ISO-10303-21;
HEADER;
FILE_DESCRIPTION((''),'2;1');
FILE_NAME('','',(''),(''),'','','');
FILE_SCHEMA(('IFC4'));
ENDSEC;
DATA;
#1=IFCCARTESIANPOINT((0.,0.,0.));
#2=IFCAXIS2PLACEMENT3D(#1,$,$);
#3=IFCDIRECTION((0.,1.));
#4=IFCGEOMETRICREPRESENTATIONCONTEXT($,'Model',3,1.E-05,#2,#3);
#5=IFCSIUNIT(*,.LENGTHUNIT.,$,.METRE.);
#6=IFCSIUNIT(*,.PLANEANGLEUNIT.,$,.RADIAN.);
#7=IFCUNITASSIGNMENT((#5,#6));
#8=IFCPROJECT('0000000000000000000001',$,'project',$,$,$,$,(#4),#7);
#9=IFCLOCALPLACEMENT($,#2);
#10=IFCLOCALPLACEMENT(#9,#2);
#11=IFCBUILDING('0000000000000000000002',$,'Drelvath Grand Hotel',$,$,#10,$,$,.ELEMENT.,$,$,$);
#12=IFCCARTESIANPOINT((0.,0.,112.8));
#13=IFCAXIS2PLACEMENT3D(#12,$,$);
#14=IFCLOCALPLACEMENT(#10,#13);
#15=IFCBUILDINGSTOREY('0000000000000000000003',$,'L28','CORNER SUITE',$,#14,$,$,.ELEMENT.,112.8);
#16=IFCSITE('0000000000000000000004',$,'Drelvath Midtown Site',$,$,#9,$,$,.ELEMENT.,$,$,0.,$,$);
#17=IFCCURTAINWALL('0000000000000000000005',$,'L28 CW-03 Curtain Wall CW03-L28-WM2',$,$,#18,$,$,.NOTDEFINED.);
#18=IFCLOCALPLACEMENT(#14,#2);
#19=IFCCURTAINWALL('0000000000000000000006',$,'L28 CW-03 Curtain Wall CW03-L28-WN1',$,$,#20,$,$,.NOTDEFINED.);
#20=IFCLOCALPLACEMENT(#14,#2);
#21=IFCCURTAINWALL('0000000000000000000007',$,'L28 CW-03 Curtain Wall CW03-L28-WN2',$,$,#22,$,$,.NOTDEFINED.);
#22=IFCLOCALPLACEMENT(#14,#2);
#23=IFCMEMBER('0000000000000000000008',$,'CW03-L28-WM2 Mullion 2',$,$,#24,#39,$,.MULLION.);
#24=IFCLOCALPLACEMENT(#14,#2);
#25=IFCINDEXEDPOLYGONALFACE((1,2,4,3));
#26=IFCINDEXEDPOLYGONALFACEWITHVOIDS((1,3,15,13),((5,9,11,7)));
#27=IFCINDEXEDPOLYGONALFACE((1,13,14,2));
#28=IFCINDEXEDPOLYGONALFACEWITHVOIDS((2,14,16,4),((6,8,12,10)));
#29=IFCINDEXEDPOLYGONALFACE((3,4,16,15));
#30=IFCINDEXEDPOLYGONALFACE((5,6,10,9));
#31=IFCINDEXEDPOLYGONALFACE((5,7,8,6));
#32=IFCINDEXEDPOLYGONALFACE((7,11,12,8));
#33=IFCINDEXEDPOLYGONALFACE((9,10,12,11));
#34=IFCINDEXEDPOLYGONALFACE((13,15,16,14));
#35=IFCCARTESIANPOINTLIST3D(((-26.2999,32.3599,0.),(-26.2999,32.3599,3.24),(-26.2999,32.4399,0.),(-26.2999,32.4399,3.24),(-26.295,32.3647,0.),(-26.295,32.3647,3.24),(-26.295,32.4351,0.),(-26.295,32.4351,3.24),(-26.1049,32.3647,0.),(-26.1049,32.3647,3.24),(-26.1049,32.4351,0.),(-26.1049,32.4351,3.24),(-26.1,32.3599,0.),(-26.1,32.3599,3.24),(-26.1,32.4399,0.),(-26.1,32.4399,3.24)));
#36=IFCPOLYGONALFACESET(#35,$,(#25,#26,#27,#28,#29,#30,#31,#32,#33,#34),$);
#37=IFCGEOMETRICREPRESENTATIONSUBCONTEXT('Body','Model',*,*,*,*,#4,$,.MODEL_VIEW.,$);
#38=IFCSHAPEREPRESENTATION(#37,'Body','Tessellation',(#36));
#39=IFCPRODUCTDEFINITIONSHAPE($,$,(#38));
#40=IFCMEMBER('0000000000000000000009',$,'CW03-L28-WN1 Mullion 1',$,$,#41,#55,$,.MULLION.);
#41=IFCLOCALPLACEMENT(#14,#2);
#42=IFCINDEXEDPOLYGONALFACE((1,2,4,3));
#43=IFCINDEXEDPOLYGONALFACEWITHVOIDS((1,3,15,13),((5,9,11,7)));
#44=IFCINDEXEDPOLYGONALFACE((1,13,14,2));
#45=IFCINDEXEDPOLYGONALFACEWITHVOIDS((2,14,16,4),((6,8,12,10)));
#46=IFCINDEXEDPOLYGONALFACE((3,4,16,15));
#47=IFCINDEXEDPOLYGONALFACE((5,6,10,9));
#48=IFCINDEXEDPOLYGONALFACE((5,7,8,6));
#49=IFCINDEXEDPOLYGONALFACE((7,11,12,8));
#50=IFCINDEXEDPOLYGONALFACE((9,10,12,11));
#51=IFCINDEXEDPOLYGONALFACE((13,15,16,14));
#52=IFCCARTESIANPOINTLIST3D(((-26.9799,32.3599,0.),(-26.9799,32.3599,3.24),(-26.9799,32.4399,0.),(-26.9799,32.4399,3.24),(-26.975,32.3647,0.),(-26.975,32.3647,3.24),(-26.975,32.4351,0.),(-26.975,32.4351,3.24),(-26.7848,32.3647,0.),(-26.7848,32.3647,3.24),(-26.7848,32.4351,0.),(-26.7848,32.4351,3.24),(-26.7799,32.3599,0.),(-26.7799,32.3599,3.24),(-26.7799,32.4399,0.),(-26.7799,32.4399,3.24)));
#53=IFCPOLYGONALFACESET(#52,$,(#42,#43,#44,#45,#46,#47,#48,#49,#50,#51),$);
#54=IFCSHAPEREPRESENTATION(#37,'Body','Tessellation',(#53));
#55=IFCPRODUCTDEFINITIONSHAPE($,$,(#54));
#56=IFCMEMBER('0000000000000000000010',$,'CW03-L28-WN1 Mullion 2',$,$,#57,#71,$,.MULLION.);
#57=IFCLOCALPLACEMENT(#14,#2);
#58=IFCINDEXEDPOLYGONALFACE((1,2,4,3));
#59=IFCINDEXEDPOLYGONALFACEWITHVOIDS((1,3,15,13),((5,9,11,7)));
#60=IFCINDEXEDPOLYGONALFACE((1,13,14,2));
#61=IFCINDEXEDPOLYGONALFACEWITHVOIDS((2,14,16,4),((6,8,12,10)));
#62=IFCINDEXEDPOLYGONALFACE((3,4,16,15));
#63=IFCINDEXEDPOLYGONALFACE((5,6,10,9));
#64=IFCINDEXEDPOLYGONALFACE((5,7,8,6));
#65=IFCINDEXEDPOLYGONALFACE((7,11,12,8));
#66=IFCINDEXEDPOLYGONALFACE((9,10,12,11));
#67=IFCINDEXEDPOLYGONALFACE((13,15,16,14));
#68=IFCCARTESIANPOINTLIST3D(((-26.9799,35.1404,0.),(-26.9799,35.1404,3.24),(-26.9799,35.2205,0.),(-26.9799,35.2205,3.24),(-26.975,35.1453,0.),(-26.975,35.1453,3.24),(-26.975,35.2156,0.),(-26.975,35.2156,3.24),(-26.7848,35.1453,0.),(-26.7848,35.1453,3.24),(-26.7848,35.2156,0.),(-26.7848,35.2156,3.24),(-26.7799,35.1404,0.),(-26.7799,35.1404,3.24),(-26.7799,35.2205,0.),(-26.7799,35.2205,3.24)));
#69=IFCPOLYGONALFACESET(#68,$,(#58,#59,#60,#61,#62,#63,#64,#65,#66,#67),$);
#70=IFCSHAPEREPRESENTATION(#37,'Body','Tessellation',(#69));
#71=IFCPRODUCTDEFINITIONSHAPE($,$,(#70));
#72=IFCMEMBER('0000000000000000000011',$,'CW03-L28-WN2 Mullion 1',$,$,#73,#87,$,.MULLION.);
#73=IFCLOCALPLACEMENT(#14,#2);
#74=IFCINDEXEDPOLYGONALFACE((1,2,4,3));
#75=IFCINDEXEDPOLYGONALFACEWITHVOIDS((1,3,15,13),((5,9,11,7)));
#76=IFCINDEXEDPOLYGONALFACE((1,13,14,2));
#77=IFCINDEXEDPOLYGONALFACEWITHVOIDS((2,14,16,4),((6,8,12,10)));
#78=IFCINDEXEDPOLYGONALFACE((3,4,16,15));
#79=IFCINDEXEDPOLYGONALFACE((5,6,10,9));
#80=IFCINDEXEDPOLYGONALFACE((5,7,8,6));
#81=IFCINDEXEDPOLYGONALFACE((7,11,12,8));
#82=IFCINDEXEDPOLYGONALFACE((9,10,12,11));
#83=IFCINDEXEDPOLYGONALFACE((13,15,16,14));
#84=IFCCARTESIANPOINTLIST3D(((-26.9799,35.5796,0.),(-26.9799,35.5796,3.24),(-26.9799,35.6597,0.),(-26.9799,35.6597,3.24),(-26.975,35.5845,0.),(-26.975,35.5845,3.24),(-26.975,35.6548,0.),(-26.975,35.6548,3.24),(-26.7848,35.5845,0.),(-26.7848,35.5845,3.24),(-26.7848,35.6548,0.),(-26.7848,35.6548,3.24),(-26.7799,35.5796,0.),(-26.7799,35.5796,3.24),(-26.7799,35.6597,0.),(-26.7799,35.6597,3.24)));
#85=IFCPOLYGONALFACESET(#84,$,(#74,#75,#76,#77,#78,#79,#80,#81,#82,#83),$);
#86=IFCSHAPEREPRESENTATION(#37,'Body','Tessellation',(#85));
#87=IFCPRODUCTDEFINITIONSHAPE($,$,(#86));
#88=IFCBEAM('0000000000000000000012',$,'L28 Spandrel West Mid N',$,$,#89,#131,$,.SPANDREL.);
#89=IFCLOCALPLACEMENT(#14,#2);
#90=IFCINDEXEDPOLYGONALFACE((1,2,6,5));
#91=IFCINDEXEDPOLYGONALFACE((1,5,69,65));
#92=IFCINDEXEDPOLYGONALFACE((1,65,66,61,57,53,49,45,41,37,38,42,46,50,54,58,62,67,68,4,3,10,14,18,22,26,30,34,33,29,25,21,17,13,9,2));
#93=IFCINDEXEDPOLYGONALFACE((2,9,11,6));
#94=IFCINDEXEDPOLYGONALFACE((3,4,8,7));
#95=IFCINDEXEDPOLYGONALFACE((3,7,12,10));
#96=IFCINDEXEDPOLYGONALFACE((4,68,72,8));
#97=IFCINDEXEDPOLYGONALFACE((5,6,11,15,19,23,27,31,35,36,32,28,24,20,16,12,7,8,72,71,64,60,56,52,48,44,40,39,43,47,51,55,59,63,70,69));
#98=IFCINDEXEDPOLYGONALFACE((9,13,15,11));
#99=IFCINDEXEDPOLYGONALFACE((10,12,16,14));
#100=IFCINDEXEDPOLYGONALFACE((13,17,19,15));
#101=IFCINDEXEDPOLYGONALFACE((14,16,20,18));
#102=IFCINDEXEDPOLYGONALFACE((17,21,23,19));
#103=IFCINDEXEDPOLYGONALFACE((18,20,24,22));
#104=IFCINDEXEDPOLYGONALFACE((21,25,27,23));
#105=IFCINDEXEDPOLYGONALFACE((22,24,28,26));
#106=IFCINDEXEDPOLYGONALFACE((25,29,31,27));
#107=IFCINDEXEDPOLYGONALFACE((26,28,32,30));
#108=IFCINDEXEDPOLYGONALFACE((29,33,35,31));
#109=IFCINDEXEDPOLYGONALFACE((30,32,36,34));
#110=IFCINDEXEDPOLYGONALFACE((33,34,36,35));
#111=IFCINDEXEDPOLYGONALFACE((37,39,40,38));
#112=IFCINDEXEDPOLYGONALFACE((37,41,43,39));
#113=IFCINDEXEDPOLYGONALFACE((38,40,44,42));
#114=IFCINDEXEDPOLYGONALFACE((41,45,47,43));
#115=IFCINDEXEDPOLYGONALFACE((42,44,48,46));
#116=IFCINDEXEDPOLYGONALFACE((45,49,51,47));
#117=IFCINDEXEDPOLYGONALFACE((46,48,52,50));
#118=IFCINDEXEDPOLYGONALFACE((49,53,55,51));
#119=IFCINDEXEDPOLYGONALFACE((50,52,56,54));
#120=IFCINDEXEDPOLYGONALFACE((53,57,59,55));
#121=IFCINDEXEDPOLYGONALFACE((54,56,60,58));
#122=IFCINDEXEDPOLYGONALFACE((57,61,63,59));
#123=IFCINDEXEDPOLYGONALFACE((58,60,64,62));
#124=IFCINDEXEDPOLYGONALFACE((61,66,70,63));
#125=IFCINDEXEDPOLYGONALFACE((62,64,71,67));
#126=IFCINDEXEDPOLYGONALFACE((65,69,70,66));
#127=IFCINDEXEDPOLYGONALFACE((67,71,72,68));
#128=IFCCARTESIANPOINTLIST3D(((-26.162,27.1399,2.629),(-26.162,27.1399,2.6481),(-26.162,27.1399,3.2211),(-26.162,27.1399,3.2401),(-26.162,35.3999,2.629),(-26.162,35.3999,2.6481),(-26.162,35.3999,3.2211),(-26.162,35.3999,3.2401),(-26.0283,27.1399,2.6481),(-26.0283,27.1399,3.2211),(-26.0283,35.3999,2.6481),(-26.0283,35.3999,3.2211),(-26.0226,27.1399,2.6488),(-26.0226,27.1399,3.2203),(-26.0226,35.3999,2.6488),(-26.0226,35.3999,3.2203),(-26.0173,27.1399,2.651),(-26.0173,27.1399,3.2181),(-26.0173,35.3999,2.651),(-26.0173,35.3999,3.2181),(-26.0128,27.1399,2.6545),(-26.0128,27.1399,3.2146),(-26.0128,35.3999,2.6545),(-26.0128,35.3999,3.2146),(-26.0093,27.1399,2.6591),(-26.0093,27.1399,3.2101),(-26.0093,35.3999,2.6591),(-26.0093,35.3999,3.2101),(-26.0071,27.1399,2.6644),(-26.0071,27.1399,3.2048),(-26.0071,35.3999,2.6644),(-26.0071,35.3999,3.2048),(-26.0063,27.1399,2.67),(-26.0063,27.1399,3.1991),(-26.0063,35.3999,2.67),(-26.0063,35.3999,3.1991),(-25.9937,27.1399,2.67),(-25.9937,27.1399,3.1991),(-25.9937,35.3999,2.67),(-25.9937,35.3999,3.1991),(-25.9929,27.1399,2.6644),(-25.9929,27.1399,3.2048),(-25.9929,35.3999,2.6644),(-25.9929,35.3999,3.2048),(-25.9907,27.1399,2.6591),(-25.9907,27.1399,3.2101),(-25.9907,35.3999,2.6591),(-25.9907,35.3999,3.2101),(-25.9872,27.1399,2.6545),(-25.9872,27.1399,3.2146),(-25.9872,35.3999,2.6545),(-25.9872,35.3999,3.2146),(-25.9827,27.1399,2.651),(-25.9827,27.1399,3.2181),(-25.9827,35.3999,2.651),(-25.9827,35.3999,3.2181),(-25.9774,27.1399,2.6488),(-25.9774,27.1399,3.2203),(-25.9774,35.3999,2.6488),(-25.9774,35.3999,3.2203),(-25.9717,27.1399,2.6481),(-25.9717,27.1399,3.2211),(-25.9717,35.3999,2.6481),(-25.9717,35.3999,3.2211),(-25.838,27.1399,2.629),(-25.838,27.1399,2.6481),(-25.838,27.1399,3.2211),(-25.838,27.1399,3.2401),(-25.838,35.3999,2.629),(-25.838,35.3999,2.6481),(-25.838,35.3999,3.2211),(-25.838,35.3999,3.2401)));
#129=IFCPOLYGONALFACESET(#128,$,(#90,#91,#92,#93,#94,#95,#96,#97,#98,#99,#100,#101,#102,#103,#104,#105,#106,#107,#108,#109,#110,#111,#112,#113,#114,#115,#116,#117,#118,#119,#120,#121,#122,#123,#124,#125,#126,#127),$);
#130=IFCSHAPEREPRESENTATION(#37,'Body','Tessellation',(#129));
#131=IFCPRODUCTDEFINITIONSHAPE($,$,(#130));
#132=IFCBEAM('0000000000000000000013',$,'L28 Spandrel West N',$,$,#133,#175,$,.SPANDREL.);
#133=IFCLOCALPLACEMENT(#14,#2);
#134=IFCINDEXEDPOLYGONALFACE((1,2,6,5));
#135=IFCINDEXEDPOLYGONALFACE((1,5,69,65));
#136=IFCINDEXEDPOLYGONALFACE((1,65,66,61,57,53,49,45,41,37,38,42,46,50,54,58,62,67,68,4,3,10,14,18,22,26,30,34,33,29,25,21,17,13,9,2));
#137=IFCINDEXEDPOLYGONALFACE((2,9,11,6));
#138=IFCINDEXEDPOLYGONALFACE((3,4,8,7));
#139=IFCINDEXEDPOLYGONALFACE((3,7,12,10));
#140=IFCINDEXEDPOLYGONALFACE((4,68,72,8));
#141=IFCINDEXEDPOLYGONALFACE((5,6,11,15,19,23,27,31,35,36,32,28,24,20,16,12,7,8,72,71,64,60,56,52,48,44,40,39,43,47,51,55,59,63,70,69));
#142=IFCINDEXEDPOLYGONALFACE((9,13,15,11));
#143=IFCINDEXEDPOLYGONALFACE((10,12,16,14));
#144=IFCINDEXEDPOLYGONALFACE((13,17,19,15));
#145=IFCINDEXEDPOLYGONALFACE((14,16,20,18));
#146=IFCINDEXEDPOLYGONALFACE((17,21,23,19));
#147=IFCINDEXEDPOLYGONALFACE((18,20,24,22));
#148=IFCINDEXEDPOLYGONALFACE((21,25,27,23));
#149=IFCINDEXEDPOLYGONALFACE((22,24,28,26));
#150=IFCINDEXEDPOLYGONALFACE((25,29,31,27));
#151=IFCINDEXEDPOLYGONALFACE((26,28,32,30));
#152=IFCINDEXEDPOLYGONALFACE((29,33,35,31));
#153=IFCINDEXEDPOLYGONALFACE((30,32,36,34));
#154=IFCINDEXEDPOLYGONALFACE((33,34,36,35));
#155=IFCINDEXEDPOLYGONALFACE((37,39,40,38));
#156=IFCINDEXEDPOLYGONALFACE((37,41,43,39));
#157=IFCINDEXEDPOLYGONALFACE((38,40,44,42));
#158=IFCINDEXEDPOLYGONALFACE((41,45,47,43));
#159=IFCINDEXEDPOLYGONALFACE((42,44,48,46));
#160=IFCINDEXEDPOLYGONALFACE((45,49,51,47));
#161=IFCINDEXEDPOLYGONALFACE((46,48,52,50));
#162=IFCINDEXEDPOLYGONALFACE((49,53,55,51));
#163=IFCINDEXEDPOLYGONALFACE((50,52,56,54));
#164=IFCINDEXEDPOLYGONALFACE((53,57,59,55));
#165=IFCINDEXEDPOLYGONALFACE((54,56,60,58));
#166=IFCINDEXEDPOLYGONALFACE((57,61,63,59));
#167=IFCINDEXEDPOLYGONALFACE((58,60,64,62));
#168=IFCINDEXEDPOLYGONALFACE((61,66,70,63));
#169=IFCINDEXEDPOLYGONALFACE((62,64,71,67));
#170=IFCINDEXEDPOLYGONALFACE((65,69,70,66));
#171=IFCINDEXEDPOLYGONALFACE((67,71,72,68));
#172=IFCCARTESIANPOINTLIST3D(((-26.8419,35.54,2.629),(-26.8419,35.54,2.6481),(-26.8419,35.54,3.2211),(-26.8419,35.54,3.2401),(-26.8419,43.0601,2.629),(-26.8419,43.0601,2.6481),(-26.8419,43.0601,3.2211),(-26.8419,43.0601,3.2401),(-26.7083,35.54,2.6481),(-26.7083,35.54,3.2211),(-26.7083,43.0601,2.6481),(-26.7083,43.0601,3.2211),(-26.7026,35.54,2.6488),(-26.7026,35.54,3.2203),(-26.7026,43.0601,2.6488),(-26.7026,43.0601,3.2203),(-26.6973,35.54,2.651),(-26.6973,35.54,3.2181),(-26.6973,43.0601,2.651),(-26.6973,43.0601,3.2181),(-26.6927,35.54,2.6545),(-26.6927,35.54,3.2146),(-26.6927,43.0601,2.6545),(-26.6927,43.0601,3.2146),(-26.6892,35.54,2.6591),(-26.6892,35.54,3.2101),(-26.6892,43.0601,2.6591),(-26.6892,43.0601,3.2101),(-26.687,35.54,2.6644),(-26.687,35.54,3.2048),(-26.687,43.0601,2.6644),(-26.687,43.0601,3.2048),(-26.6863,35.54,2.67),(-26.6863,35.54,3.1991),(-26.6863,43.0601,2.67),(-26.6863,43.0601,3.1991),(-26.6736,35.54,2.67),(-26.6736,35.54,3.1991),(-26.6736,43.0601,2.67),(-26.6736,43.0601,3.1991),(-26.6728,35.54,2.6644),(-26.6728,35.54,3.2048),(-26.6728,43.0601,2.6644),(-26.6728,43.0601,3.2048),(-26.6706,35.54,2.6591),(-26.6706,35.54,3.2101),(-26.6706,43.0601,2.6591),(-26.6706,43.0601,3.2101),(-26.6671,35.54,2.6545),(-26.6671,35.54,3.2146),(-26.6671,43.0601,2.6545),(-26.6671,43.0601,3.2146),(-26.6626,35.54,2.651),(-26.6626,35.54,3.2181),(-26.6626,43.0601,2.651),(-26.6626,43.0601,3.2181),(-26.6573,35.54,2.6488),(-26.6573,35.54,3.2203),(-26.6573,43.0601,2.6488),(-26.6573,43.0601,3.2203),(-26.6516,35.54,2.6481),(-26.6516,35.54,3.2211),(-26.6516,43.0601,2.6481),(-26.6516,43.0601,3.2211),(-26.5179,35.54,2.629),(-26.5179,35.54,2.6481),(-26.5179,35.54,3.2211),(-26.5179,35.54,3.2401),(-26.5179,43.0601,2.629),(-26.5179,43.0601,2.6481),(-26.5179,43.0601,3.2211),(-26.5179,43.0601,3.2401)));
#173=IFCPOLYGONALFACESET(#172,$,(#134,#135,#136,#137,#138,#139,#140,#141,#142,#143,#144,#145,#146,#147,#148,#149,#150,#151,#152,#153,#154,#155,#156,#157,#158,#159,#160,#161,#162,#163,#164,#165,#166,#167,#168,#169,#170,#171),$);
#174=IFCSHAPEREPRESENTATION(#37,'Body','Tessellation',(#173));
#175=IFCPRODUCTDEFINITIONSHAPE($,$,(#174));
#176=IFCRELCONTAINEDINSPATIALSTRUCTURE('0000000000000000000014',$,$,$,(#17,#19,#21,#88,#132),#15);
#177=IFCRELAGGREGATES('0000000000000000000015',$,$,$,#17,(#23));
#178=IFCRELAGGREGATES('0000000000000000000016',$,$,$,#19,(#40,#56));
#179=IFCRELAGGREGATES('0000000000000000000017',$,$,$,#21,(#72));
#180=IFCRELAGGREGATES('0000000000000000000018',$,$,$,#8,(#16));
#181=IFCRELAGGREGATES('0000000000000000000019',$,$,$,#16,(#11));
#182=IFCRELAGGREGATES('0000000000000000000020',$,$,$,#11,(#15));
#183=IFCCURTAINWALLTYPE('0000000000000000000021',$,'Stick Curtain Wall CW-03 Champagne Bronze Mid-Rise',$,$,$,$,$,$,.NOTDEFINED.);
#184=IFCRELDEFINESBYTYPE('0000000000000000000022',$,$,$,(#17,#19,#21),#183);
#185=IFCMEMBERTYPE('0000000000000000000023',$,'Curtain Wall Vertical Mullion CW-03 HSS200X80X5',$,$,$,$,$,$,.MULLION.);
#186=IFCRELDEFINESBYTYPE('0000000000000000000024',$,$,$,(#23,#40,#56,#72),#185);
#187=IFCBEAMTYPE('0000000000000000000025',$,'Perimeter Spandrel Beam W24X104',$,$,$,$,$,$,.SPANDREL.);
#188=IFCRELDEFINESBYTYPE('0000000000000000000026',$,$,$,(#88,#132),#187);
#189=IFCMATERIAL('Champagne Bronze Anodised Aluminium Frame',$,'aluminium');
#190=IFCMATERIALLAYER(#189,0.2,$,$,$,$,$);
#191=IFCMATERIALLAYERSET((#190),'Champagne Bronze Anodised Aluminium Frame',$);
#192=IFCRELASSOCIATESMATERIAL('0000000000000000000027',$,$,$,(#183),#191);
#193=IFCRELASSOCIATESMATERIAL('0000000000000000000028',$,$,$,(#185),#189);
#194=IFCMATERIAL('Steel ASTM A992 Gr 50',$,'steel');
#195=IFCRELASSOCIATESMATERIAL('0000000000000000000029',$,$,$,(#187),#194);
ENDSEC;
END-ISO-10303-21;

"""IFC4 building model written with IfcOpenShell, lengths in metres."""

from ifc_helpers import new_model, si_unit, direction, frame, origin, origin_2d, place, context, subcontext, project, spatial, hollow_rectangle, i_section, extrude, material, layer, layer_set, material_profile, profile_set, type_object, element, aggregate, save


model = new_model("IFC4")

# Units and contexts
model_context = context("Model", 3, precision=1e-05, world=origin(), true_north=direction((0.0, 1.0)))
body_context = subcontext(model_context, "Body", "Model", "MODEL_VIEW")
ifc_project = project(units=[si_unit("LENGTHUNIT", "METRE"), si_unit("PLANEANGLEUNIT", "RADIAN")], contexts=[model_context])

# Site, building, storey
site_placement = place(None, origin())
site = spatial("IfcSite", under=ifc_project, at=site_placement, Name="Drelvath Midtown Site", CompositionType="ELEMENT", RefElevation=0.0)
building_placement = place(site_placement, origin())
building = spatial("IfcBuilding", under=site, at=building_placement, Name="Drelvath Grand Hotel", CompositionType="ELEMENT")
storey_placement = place(building_placement, frame((0.0, 0.0, 112.8)))
storey = spatial("IfcBuildingStorey", under=building, at=storey_placement, Name="L28", Description="CORNER SUITE", CompositionType="ELEMENT", Elevation=112.8)

# Curtain walls
ifc_material_1 = material(Name="Champagne Bronze Anodised Aluminium Frame", Category="aluminium")
ifc_layer_1 = layer(ifc_material_1, 0.2)
ifc_layer_set_1 = layer_set([ifc_layer_1], Name="Champagne Bronze Anodised Aluminium Frame")
curtain_wall_type = type_object("IfcCurtainWallType", Name="Stick Curtain Wall CW-03 Champagne Bronze Mid-Rise", PredefinedType="NOTDEFINED", material=ifc_layer_set_1)
curtain_wall_1_placement = place(storey_placement, origin())
curtain_wall_1 = element("IfcCurtainWall", 1, at=curtain_wall_1_placement, inside=storey, type_object=curtain_wall_type, Name="L28 CW-03 Curtain Wall CW03-L28-WM2", PredefinedType="NOTDEFINED")
curtain_wall_2_placement = place(storey_placement, origin())
curtain_wall_2 = element("IfcCurtainWall", 2, at=curtain_wall_2_placement, inside=storey, type_object=curtain_wall_type, Name="L28 CW-03 Curtain Wall CW03-L28-WN1", PredefinedType="NOTDEFINED")
curtain_wall_3_placement = place(storey_placement, origin())
curtain_wall_3 = element("IfcCurtainWall", 3, at=curtain_wall_3_placement, inside=storey, type_object=curtain_wall_type, Name="L28 CW-03 Curtain Wall CW03-L28-WN2", PredefinedType="NOTDEFINED")
ifc_material_profile_1 = material_profile(ifc_material_1, hollow_rectangle(XDim=0.0801, YDim=0.2, WallThickness=0.0049, at=origin_2d()), Name="HSS200X80X5")
ifc_profile_set_1 = profile_set([ifc_material_profile_1], Name="Champagne Bronze Anodised Aluminium Frame")
member_type_1 = type_object("IfcMemberType", Name="Curtain Wall Vertical Mullion CW-03 HSS200X80X5", PredefinedType="MULLION", material=ifc_profile_set_1)

# Members
member_1_placement = place(storey_placement, frame((-26.2, 32.3999, 0.0), z_axis=(0.0, 0.0, 1.0), x_axis=(0.0, 1.0, 0.0)))
member_1 = element("IfcMember", 4, at=member_1_placement, type_object=member_type_1, Name="CW03-L28-WM2 Mullion 2", PredefinedType="MULLION", context=body_context, shape_type="SweptSolid", body=[
    extrude(hollow_rectangle(XDim=0.0801, YDim=0.2, WallThickness=0.0049, at=origin_2d()), origin(), (0.0, 0.0, 1.0), 3.24),
])
member_2_placement = place(storey_placement, frame((-26.8799, 32.3999, 0.0), z_axis=(0.0, 0.0, 1.0), x_axis=(0.0, 1.0, 0.0)))
member_2 = element("IfcMember", 5, at=member_2_placement, type_object=member_type_1, Name="CW03-L28-WN1 Mullion 1", PredefinedType="MULLION", context=body_context, shape_type="SweptSolid", body=[
    extrude(hollow_rectangle(XDim=0.0801, YDim=0.2, WallThickness=0.0049, at=origin_2d()), origin(), (0.0, 0.0, 1.0), 3.24),
])
member_3_placement = place(storey_placement, frame((-26.8799, 35.1804, 0.0), z_axis=(0.0, 0.0, 1.0), x_axis=(0.0, 1.0, 0.0)))
member_3 = element("IfcMember", 6, at=member_3_placement, type_object=member_type_1, Name="CW03-L28-WN1 Mullion 2", PredefinedType="MULLION", context=body_context, shape_type="SweptSolid", body=[
    extrude(hollow_rectangle(XDim=0.0801, YDim=0.2, WallThickness=0.0049, at=origin_2d()), origin(), (0.0, 0.0, 1.0), 3.24),
])
member_4_placement = place(storey_placement, frame((-26.8799, 35.6196, 0.0), z_axis=(0.0, 0.0, 1.0), x_axis=(0.0, 1.0, 0.0)))
member_4 = element("IfcMember", 7, at=member_4_placement, type_object=member_type_1, Name="CW03-L28-WN2 Mullion 1", PredefinedType="MULLION", context=body_context, shape_type="SweptSolid", body=[
    extrude(hollow_rectangle(XDim=0.0801, YDim=0.2, WallThickness=0.0049, at=origin_2d()), origin(), (0.0, 0.0, 1.0), 3.24),
])

# Beams
ifc_material_2 = material(Name="Steel ASTM A992 Gr 50", Category="steel")
ifc_material_profile_2 = material_profile(ifc_material_2, i_section(OverallWidth=0.324, OverallDepth=0.6111, WebThickness=0.0127, FlangeThickness=0.019, FilletRadius=0.022, at=origin_2d()), Name="W24X104")
ifc_profile_set_2 = profile_set([ifc_material_profile_2], Name="Steel ASTM A992 Gr 50")
beam_type_1 = type_object("IfcBeamType", Name="Perimeter Spandrel Beam W24X104", PredefinedType="SPANDREL", material=ifc_profile_set_2)
beam_1_placement = place(storey_placement, frame((-26.0, 27.1399, 2.9346), z_axis=(0.0, 1.0, 0.0), x_axis=(-1.0, 0.0, 0.0)))
element("IfcBeam", 8, at=beam_1_placement, inside=storey, type_object=beam_type_1, Name="L28 Spandrel West Mid N", PredefinedType="SPANDREL", context=body_context, shape_type="SweptSolid", body=[
    extrude(i_section(OverallWidth=0.324, OverallDepth=0.6111, WebThickness=0.0127, FlangeThickness=0.019, FilletRadius=0.022, at=origin_2d()), origin(), (0.0, 0.0, 1.0), 8.26),
])
beam_2_placement = place(storey_placement, frame((-26.6799, 35.54, 2.9346), z_axis=(0.0, 1.0, 0.0), x_axis=(-1.0, 0.0, 0.0)))
element("IfcBeam", 9, at=beam_2_placement, inside=storey, type_object=beam_type_1, Name="L28 Spandrel West N", PredefinedType="SPANDREL", context=body_context, shape_type="SweptSolid", body=[
    extrude(i_section(OverallWidth=0.324, OverallDepth=0.6111, WebThickness=0.0127, FlangeThickness=0.019, FilletRadius=0.022, at=origin_2d()), origin(), (0.0, 0.0, 1.0), 7.52),
])

aggregate(curtain_wall_1, [member_1])
aggregate(curtain_wall_2, [member_2, member_3])
aggregate(curtain_wall_3, [member_4])

save(model, "model.ifc")
